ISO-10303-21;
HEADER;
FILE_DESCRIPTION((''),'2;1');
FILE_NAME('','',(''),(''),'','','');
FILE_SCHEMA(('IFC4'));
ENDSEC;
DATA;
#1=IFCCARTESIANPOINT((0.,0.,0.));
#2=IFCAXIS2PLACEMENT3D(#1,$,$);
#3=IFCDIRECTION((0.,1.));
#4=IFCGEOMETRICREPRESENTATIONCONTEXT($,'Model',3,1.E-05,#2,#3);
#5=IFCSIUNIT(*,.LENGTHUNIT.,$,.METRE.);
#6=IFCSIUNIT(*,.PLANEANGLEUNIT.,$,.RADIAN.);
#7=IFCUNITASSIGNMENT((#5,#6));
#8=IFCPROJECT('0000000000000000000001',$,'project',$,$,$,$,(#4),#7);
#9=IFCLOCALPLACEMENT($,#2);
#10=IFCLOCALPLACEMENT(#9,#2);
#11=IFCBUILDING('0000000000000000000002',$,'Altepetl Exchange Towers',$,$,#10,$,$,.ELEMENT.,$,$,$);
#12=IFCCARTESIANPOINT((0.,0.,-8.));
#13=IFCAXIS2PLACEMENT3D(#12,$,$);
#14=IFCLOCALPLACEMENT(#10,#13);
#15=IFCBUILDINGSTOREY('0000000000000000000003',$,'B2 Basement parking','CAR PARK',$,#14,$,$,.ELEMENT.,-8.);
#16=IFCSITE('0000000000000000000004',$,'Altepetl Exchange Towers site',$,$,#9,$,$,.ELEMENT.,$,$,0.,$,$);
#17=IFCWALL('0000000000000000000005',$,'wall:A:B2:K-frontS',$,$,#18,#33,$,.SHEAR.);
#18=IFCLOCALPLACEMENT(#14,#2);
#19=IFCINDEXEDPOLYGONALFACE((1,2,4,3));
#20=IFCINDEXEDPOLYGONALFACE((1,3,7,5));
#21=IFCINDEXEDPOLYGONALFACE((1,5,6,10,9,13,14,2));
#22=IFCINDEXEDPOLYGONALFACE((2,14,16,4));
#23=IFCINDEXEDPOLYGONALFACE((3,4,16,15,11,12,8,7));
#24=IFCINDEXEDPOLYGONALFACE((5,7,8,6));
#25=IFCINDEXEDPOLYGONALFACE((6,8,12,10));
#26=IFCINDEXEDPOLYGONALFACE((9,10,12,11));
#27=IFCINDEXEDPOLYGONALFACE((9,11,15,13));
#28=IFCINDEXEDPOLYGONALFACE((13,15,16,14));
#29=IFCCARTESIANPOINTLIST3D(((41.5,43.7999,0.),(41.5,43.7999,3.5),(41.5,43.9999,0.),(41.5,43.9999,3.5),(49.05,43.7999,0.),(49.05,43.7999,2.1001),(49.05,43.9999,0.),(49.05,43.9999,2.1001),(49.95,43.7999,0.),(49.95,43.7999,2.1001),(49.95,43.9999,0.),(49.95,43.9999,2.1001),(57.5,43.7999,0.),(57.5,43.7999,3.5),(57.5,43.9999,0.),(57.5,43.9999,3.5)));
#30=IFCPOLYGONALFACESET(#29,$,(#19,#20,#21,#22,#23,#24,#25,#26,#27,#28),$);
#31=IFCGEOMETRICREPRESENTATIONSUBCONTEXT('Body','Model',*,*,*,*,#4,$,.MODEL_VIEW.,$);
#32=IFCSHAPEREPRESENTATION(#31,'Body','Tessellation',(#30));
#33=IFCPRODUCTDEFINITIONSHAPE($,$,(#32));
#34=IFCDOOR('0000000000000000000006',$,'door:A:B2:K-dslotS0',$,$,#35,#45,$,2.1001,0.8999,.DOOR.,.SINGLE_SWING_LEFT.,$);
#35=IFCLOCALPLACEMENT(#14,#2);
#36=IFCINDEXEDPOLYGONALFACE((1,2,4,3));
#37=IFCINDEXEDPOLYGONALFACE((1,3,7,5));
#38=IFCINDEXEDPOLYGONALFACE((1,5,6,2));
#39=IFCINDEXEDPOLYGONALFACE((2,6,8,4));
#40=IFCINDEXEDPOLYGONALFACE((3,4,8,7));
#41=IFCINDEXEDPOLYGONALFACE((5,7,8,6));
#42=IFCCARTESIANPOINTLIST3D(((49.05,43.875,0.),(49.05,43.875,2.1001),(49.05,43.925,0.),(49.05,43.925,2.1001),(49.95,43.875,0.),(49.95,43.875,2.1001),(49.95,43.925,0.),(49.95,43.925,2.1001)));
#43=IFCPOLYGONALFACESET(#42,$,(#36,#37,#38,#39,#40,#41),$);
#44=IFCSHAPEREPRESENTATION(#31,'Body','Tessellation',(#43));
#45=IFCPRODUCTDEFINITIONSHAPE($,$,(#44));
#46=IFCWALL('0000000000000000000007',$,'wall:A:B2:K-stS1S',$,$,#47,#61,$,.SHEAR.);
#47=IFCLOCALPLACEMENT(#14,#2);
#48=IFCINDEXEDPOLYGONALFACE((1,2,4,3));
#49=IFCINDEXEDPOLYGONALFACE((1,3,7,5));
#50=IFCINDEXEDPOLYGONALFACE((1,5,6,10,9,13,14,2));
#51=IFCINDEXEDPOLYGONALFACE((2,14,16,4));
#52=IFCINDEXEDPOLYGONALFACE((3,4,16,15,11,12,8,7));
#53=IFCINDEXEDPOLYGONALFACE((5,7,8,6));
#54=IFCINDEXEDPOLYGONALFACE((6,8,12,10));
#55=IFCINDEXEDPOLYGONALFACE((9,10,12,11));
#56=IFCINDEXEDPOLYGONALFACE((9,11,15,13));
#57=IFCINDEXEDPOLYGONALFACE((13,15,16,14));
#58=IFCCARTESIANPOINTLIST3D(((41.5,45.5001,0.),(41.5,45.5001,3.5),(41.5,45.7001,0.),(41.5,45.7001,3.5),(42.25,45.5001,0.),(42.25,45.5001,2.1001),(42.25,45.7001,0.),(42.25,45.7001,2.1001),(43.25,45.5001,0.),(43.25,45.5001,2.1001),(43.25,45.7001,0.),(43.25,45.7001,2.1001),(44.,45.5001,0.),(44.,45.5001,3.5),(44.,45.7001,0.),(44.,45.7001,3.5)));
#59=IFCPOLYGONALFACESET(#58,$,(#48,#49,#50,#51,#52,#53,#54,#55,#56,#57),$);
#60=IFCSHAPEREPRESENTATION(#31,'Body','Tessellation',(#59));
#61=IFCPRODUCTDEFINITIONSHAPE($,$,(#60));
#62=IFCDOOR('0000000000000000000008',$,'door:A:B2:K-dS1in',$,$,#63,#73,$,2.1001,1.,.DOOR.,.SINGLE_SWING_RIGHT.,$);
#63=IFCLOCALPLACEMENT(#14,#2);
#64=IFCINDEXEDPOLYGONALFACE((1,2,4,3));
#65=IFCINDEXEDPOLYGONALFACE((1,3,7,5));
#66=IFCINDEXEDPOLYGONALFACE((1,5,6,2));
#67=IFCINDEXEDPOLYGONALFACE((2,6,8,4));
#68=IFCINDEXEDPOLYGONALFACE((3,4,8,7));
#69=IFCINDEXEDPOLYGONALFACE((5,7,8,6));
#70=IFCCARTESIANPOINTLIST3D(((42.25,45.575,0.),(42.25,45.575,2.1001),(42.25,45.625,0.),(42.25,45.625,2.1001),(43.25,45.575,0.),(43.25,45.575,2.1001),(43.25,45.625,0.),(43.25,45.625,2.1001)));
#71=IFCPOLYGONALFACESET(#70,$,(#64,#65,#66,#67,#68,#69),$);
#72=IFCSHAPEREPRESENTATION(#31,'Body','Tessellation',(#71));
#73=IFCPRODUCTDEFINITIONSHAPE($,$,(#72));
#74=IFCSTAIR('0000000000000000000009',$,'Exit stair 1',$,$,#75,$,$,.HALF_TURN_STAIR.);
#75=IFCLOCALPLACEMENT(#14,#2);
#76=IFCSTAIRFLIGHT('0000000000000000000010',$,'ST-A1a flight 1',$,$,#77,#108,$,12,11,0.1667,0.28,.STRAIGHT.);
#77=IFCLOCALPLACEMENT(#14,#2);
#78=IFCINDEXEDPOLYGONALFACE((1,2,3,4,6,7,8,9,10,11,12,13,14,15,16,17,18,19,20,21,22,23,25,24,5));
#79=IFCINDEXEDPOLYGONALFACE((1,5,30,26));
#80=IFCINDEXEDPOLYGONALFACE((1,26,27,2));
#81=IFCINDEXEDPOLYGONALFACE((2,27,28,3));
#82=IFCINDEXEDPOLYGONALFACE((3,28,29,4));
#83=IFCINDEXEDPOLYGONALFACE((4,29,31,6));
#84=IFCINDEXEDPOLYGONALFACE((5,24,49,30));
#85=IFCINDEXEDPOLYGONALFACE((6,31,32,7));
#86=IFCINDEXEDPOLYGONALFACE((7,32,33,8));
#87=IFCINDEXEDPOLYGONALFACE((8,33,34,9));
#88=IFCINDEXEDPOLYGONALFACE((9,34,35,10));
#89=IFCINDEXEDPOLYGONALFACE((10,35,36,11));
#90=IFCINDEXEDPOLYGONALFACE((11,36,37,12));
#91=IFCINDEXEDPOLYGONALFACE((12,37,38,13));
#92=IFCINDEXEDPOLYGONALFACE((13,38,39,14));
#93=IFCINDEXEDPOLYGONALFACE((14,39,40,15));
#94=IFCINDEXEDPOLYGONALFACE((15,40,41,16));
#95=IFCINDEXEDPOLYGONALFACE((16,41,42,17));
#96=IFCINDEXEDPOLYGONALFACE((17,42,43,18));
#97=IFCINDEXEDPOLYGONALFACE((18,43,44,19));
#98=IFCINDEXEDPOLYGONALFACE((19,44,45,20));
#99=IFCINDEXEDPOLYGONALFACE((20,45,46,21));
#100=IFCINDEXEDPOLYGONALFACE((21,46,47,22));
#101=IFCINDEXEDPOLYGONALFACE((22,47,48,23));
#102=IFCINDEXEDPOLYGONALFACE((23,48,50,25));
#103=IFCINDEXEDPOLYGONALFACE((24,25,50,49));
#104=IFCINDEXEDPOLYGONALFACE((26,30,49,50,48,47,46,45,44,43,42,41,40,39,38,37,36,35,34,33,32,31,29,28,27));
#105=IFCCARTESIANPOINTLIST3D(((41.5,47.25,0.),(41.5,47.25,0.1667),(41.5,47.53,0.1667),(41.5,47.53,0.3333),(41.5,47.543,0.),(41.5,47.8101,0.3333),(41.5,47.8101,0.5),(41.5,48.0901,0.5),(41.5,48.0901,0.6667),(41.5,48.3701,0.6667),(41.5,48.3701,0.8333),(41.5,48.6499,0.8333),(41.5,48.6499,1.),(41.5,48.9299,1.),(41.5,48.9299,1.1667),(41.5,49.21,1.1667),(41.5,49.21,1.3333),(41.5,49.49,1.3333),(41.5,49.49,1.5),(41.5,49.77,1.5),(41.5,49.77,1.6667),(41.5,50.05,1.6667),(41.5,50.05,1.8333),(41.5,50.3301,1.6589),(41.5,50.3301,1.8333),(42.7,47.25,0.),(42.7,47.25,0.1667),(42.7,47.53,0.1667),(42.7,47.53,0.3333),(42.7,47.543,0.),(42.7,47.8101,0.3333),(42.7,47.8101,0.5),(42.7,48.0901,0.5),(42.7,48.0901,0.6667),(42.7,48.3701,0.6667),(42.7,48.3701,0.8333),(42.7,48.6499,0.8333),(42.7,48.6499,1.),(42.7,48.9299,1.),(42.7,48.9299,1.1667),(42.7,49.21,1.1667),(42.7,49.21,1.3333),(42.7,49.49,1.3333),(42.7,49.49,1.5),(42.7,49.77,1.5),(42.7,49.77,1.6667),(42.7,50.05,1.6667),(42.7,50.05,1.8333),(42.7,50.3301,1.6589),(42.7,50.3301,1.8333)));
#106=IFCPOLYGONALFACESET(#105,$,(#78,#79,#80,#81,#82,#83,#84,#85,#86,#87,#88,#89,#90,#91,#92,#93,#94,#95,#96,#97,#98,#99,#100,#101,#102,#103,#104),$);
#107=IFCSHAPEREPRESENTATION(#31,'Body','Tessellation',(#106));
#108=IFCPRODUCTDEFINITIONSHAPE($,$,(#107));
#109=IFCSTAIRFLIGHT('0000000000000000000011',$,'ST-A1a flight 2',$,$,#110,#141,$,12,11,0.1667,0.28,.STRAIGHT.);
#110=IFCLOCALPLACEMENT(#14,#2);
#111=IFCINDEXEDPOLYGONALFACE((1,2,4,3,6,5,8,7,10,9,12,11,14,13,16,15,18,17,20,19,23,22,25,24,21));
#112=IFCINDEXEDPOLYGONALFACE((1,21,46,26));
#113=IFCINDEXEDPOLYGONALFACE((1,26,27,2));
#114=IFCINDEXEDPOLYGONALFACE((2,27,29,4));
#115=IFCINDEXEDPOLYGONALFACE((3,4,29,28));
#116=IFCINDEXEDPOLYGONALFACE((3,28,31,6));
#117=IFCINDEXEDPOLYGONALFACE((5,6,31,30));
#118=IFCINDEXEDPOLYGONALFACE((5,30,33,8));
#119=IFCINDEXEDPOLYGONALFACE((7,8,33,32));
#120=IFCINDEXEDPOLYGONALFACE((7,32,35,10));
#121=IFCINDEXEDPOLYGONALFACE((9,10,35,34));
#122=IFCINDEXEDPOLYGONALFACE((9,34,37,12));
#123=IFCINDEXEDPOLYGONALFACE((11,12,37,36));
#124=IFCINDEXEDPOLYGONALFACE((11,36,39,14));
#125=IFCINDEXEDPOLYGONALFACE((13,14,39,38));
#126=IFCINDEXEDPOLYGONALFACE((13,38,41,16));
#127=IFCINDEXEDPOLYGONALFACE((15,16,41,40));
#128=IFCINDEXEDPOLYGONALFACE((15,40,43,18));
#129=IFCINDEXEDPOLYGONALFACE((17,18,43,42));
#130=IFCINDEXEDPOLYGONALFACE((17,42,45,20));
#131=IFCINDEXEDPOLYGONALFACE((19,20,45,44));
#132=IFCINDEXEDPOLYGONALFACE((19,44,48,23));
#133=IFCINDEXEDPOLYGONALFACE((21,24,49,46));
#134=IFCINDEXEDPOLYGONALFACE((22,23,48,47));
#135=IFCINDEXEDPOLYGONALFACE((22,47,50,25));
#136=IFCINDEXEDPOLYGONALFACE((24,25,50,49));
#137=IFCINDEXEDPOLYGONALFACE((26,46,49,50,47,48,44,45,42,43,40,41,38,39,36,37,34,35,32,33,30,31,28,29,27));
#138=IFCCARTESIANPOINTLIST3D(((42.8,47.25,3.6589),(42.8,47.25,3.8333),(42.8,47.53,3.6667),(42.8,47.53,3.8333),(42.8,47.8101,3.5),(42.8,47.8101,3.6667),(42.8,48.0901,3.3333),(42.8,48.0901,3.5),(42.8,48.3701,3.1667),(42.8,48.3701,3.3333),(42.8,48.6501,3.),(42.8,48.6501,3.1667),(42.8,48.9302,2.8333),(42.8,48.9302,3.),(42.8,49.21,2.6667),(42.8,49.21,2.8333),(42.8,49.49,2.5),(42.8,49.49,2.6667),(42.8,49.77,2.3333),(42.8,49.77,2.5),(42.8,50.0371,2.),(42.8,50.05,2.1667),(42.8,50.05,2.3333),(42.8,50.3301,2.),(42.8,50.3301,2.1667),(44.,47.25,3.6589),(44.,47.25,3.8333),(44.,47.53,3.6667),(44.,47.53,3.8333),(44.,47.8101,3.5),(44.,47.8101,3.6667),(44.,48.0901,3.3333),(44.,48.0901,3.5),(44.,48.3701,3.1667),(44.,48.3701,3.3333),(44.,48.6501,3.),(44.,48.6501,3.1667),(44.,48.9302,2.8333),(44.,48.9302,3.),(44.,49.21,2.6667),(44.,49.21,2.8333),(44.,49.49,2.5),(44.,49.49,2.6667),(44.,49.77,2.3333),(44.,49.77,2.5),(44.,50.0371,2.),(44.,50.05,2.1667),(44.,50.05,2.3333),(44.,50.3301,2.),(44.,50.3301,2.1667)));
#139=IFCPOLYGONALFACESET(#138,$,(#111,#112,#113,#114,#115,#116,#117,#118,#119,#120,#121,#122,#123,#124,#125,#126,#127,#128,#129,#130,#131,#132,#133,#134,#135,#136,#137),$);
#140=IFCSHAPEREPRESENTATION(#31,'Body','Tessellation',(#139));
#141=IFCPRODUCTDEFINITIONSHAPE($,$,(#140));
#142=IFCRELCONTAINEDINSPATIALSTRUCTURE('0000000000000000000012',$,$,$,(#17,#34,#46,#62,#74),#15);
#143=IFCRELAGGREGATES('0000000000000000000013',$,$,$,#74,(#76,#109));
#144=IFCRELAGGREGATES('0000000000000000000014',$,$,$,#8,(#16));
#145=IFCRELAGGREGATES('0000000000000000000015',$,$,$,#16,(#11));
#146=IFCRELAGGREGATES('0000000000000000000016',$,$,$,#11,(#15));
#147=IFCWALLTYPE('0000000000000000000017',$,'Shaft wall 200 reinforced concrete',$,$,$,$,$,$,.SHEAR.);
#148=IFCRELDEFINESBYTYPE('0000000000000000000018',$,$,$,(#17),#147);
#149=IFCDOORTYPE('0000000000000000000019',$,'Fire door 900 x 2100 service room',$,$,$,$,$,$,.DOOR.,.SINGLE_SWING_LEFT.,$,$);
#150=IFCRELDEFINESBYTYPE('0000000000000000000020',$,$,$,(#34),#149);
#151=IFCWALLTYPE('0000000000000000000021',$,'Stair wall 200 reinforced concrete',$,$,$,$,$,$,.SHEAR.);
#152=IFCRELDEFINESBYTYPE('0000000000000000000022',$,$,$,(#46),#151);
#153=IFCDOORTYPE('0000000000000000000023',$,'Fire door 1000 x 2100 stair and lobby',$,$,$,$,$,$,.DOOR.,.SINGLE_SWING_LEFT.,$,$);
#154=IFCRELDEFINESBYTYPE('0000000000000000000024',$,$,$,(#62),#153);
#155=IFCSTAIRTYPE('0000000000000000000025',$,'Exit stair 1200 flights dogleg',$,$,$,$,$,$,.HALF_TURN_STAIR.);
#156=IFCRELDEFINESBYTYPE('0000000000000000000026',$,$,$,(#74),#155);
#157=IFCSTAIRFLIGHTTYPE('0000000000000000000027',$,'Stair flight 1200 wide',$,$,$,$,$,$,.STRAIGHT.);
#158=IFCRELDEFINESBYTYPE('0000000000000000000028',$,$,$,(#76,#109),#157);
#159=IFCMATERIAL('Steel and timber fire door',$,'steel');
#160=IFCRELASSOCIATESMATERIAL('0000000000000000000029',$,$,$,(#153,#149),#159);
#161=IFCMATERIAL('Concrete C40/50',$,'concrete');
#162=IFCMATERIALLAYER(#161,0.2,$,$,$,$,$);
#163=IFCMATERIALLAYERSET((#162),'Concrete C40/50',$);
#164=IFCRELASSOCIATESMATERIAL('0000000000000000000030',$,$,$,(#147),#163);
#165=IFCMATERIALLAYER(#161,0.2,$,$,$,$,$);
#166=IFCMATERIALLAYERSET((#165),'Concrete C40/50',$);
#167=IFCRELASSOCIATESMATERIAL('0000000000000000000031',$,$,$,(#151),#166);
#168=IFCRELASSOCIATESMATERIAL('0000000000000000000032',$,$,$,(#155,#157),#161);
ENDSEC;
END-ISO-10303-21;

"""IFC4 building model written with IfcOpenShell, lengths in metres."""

from ifc_helpers import new_model, si_unit, direction, frame, frame_2d, origin, place, context, subcontext, project, spatial, polyline, rectangle, outline, extrude, material, layer, layer_set, type_object, element, fill, aggregate, save


model = new_model("IFC4")

# Units and contexts
model_context = context("Model", 3, precision=1e-05, world=origin(), true_north=direction((0.0, 1.0)))
body_context = subcontext(model_context, "Body", "Model", "MODEL_VIEW")
ifc_project = project(units=[si_unit("LENGTHUNIT", "METRE"), si_unit("PLANEANGLEUNIT", "RADIAN")], contexts=[model_context])

# Site, building, storey
site_placement = place(None, origin())
site = spatial("IfcSite", under=ifc_project, at=site_placement, Name="Altepetl Exchange Towers site", CompositionType="ELEMENT", RefElevation=0.0)
building_placement = place(site_placement, origin())
building = spatial("IfcBuilding", under=site, at=building_placement, Name="Altepetl Exchange Towers", CompositionType="ELEMENT")
storey_placement = place(building_placement, frame((0.0, 0.0, -8.0)))
storey = spatial("IfcBuildingStorey", under=building, at=storey_placement, Name="B2 Basement parking", Description="CAR PARK", CompositionType="ELEMENT", Elevation=-8.0)

# Shared definitions
ifc_material_1 = material(Name="Steel and timber fire door", Category="steel")
door_type_1 = type_object("IfcDoorType", Name="Fire door 1000 x 2100 stair and lobby", OperationType="SINGLE_SWING_LEFT", PredefinedType="DOOR", material=ifc_material_1)

# Walls, openings, doors
ifc_material_2 = material(Name="Concrete C40/50", Category="concrete")
ifc_layer_1 = layer(ifc_material_2, 0.2)
ifc_layer_set_1 = layer_set([ifc_layer_1], Name="Concrete C40/50")
wall_type_1 = type_object("IfcWallType", Name="Shaft wall 200 reinforced concrete", PredefinedType="SHEAR", material=ifc_layer_set_1)
wall_1_placement = place(storey_placement, frame((41.5, 43.8999, 0.0)))
wall_1 = element("IfcWall", 1, at=wall_1_placement, inside=storey, type_object=wall_type_1, Name="wall:A:B2:K-frontS", PredefinedType="SHEAR", context=body_context, shape_type="SweptSolid", body=[
    extrude(rectangle(XDim=16.0, YDim=0.2, at=frame_2d((8.0, 0.0))), origin(), (0.0, 0.0, 1.0), 3.5),
])
opening_1_placement = place(wall_1_placement, frame((7.55, 0.0, 0.0)))
opening_1 = element("IfcOpeningElement", 2, at=opening_1_placement, cuts=wall_1, PredefinedType="OPENING", context=body_context, shape_type="SweptSolid", body=[
    extrude(rectangle(XDim=0.8999, YDim=2.1001, at=frame_2d((0.45, 1.05))), frame((0.0, 0.1099, 0.0), z_axis=(0.0, -1.0, 0.0), x_axis=(1.0, 0.0, 0.0)), (0.0, 0.0, 1.0), 0.22),
])
door_type_2 = type_object("IfcDoorType", Name="Fire door 900 x 2100 service room", OperationType="SINGLE_SWING_LEFT", PredefinedType="DOOR", material=ifc_material_1)
door_1_placement = place(opening_1_placement, frame((0.8999, 0.0, 0.0), x_axis=(-1.0, 0.0, 0.0)))
door_1 = element("IfcDoor", 3, at=door_1_placement, inside=storey, type_object=door_type_2, Name="door:A:B2:K-dslotS0", OperationType="SINGLE_SWING_LEFT", OverallHeight=2.1001, OverallWidth=0.8999, PredefinedType="DOOR", context=body_context, shape_type="SweptSolid", body=[
    extrude(rectangle(XDim=0.8999, YDim=2.1001, at=frame_2d((0.45, 1.05))), frame((0.0, 0.0249, 0.0), z_axis=(0.0, -1.0, 0.0), x_axis=(1.0, 0.0, 0.0)), (0.0, 0.0, 1.0), 0.05),
])
fill(opening_1, door_1)
ifc_layer_2 = layer(ifc_material_2, 0.2)
ifc_layer_set_2 = layer_set([ifc_layer_2], Name="Concrete C40/50")
wall_type_2 = type_object("IfcWallType", Name="Stair wall 200 reinforced concrete", PredefinedType="SHEAR", material=ifc_layer_set_2)
wall_2_placement = place(storey_placement, frame((41.5, 45.6001, 0.0)))
wall_2 = element("IfcWall", 4, at=wall_2_placement, inside=storey, type_object=wall_type_2, Name="wall:A:B2:K-stS1S", PredefinedType="SHEAR", context=body_context, shape_type="SweptSolid", body=[
    extrude(rectangle(XDim=2.5, YDim=0.2, at=frame_2d((1.25, 0.0))), origin(), (0.0, 0.0, 1.0), 3.5),
])
opening_2_placement = place(wall_2_placement, frame((0.75, 0.0, 0.0)))
opening_2 = element("IfcOpeningElement", 5, at=opening_2_placement, cuts=wall_2, PredefinedType="OPENING", context=body_context, shape_type="SweptSolid", body=[
    extrude(rectangle(XDim=1.0, YDim=2.1001, at=frame_2d((0.5, 1.05))), frame((0.0, 0.1099, 0.0), z_axis=(0.0, -1.0, 0.0), x_axis=(1.0, 0.0, 0.0)), (0.0, 0.0, 1.0), 0.22),
])
door_2_placement = place(opening_2_placement, origin())
door_2 = element("IfcDoor", 6, at=door_2_placement, inside=storey, type_object=door_type_1, Name="door:A:B2:K-dS1in", OperationType="SINGLE_SWING_RIGHT", OverallHeight=2.1001, OverallWidth=1.0, PredefinedType="DOOR", context=body_context, shape_type="SweptSolid", body=[
    extrude(rectangle(XDim=1.0, YDim=2.1001, at=frame_2d((0.5, 1.05))), frame((0.0, 0.0249, 0.0), z_axis=(0.0, -1.0, 0.0), x_axis=(1.0, 0.0, 0.0)), (0.0, 0.0, 1.0), 0.05),
])
fill(opening_2, door_2)

# Stair, stair flights
stair_type = type_object("IfcStairType", Name="Exit stair 1200 flights dogleg", PredefinedType="HALF_TURN_STAIR", material=ifc_material_2)
stair_placement = place(storey_placement, origin())
stair = element("IfcStair", 7, at=stair_placement, inside=storey, type_object=stair_type, Name="Exit stair 1", PredefinedType="HALF_TURN_STAIR")
stair_flight_type = type_object("IfcStairFlightType", Name="Stair flight 1200 wide", PredefinedType="STRAIGHT", material=ifc_material_2)
stair_flight_1_placement = place(storey_placement, frame((42.1001, 47.25, 0.0), z_axis=(0.0, 0.0, 1.0), x_axis=(0.0, 1.0, 0.0)))
stair_flight_1 = element("IfcStairFlight", 8, at=stair_flight_1_placement, type_object=stair_flight_type, Name="ST-A1a flight 1", NumberOfRisers=12, NumberOfTreads=11, PredefinedType="STRAIGHT", RiserHeight=0.1667, TreadLength=0.28, context=body_context, shape_type="SweptSolid", body=[
    extrude(outline(polyline([(0.0, 0.0), (0.0, 0.1667), (0.28, 0.1667), (0.28, 0.3333), (0.5601, 0.3333), (0.5601, 0.5), (0.8401, 0.5), (0.8401, 0.6667), (1.1201, 0.6667), (1.1201, 0.8333), (1.3999, 0.8333), (1.3999, 1.0), (1.6799, 1.0), (1.6799, 1.1667), (1.96, 1.1667), (1.96, 1.3333), (2.24, 1.3333), (2.24, 1.5), (2.52, 1.5), (2.52, 1.6667), (2.8, 1.6667), (2.8, 1.8333), (3.0801, 1.8333), (3.0801, 2.0), (3.0801, 1.6589), (0.293, 0.0), (0.0, 0.0)])), frame((0.0, 0.6001, 0.0), z_axis=(0.0, -1.0, 0.0), x_axis=(1.0, 0.0, 0.0)), (0.0, 0.0, 1.0), 1.2),
])
stair_flight_2_placement = place(storey_placement, frame((43.3999, 50.3301, 2.0), z_axis=(0.0, 0.0, 1.0), x_axis=(0.0, -1.0, 0.0)))
stair_flight_2 = element("IfcStairFlight", 9, at=stair_flight_2_placement, type_object=stair_flight_type, Name="ST-A1a flight 2", NumberOfRisers=12, NumberOfTreads=11, PredefinedType="STRAIGHT", RiserHeight=0.1667, TreadLength=0.28, context=body_context, shape_type="SweptSolid", body=[
    extrude(outline(polyline([(0.0, 0.0), (0.0, 0.1667), (0.28, 0.1667), (0.28, 0.3333), (0.5601, 0.3333), (0.5601, 0.5), (0.8401, 0.5), (0.8401, 0.6667), (1.1201, 0.6667), (1.1201, 0.8333), (1.3999, 0.8333), (1.3999, 1.0), (1.6799, 1.0), (1.6799, 1.1667), (1.96, 1.1667), (1.96, 1.3333), (2.24, 1.3333), (2.24, 1.5), (2.52, 1.5), (2.52, 1.6667), (2.8, 1.6667), (2.8, 1.8333), (3.0801, 1.8333), (3.0801, 2.0), (3.0801, 1.6589), (0.293, 0.0), (0.0, 0.0)])), frame((0.0, 0.6001, 0.0), z_axis=(0.0, -1.0, 0.0), x_axis=(1.0, 0.0, 0.0)), (0.0, 0.0, 1.0), 1.2),
])
aggregate(stair, [stair_flight_1, stair_flight_2])

save(model, "model.ifc")
